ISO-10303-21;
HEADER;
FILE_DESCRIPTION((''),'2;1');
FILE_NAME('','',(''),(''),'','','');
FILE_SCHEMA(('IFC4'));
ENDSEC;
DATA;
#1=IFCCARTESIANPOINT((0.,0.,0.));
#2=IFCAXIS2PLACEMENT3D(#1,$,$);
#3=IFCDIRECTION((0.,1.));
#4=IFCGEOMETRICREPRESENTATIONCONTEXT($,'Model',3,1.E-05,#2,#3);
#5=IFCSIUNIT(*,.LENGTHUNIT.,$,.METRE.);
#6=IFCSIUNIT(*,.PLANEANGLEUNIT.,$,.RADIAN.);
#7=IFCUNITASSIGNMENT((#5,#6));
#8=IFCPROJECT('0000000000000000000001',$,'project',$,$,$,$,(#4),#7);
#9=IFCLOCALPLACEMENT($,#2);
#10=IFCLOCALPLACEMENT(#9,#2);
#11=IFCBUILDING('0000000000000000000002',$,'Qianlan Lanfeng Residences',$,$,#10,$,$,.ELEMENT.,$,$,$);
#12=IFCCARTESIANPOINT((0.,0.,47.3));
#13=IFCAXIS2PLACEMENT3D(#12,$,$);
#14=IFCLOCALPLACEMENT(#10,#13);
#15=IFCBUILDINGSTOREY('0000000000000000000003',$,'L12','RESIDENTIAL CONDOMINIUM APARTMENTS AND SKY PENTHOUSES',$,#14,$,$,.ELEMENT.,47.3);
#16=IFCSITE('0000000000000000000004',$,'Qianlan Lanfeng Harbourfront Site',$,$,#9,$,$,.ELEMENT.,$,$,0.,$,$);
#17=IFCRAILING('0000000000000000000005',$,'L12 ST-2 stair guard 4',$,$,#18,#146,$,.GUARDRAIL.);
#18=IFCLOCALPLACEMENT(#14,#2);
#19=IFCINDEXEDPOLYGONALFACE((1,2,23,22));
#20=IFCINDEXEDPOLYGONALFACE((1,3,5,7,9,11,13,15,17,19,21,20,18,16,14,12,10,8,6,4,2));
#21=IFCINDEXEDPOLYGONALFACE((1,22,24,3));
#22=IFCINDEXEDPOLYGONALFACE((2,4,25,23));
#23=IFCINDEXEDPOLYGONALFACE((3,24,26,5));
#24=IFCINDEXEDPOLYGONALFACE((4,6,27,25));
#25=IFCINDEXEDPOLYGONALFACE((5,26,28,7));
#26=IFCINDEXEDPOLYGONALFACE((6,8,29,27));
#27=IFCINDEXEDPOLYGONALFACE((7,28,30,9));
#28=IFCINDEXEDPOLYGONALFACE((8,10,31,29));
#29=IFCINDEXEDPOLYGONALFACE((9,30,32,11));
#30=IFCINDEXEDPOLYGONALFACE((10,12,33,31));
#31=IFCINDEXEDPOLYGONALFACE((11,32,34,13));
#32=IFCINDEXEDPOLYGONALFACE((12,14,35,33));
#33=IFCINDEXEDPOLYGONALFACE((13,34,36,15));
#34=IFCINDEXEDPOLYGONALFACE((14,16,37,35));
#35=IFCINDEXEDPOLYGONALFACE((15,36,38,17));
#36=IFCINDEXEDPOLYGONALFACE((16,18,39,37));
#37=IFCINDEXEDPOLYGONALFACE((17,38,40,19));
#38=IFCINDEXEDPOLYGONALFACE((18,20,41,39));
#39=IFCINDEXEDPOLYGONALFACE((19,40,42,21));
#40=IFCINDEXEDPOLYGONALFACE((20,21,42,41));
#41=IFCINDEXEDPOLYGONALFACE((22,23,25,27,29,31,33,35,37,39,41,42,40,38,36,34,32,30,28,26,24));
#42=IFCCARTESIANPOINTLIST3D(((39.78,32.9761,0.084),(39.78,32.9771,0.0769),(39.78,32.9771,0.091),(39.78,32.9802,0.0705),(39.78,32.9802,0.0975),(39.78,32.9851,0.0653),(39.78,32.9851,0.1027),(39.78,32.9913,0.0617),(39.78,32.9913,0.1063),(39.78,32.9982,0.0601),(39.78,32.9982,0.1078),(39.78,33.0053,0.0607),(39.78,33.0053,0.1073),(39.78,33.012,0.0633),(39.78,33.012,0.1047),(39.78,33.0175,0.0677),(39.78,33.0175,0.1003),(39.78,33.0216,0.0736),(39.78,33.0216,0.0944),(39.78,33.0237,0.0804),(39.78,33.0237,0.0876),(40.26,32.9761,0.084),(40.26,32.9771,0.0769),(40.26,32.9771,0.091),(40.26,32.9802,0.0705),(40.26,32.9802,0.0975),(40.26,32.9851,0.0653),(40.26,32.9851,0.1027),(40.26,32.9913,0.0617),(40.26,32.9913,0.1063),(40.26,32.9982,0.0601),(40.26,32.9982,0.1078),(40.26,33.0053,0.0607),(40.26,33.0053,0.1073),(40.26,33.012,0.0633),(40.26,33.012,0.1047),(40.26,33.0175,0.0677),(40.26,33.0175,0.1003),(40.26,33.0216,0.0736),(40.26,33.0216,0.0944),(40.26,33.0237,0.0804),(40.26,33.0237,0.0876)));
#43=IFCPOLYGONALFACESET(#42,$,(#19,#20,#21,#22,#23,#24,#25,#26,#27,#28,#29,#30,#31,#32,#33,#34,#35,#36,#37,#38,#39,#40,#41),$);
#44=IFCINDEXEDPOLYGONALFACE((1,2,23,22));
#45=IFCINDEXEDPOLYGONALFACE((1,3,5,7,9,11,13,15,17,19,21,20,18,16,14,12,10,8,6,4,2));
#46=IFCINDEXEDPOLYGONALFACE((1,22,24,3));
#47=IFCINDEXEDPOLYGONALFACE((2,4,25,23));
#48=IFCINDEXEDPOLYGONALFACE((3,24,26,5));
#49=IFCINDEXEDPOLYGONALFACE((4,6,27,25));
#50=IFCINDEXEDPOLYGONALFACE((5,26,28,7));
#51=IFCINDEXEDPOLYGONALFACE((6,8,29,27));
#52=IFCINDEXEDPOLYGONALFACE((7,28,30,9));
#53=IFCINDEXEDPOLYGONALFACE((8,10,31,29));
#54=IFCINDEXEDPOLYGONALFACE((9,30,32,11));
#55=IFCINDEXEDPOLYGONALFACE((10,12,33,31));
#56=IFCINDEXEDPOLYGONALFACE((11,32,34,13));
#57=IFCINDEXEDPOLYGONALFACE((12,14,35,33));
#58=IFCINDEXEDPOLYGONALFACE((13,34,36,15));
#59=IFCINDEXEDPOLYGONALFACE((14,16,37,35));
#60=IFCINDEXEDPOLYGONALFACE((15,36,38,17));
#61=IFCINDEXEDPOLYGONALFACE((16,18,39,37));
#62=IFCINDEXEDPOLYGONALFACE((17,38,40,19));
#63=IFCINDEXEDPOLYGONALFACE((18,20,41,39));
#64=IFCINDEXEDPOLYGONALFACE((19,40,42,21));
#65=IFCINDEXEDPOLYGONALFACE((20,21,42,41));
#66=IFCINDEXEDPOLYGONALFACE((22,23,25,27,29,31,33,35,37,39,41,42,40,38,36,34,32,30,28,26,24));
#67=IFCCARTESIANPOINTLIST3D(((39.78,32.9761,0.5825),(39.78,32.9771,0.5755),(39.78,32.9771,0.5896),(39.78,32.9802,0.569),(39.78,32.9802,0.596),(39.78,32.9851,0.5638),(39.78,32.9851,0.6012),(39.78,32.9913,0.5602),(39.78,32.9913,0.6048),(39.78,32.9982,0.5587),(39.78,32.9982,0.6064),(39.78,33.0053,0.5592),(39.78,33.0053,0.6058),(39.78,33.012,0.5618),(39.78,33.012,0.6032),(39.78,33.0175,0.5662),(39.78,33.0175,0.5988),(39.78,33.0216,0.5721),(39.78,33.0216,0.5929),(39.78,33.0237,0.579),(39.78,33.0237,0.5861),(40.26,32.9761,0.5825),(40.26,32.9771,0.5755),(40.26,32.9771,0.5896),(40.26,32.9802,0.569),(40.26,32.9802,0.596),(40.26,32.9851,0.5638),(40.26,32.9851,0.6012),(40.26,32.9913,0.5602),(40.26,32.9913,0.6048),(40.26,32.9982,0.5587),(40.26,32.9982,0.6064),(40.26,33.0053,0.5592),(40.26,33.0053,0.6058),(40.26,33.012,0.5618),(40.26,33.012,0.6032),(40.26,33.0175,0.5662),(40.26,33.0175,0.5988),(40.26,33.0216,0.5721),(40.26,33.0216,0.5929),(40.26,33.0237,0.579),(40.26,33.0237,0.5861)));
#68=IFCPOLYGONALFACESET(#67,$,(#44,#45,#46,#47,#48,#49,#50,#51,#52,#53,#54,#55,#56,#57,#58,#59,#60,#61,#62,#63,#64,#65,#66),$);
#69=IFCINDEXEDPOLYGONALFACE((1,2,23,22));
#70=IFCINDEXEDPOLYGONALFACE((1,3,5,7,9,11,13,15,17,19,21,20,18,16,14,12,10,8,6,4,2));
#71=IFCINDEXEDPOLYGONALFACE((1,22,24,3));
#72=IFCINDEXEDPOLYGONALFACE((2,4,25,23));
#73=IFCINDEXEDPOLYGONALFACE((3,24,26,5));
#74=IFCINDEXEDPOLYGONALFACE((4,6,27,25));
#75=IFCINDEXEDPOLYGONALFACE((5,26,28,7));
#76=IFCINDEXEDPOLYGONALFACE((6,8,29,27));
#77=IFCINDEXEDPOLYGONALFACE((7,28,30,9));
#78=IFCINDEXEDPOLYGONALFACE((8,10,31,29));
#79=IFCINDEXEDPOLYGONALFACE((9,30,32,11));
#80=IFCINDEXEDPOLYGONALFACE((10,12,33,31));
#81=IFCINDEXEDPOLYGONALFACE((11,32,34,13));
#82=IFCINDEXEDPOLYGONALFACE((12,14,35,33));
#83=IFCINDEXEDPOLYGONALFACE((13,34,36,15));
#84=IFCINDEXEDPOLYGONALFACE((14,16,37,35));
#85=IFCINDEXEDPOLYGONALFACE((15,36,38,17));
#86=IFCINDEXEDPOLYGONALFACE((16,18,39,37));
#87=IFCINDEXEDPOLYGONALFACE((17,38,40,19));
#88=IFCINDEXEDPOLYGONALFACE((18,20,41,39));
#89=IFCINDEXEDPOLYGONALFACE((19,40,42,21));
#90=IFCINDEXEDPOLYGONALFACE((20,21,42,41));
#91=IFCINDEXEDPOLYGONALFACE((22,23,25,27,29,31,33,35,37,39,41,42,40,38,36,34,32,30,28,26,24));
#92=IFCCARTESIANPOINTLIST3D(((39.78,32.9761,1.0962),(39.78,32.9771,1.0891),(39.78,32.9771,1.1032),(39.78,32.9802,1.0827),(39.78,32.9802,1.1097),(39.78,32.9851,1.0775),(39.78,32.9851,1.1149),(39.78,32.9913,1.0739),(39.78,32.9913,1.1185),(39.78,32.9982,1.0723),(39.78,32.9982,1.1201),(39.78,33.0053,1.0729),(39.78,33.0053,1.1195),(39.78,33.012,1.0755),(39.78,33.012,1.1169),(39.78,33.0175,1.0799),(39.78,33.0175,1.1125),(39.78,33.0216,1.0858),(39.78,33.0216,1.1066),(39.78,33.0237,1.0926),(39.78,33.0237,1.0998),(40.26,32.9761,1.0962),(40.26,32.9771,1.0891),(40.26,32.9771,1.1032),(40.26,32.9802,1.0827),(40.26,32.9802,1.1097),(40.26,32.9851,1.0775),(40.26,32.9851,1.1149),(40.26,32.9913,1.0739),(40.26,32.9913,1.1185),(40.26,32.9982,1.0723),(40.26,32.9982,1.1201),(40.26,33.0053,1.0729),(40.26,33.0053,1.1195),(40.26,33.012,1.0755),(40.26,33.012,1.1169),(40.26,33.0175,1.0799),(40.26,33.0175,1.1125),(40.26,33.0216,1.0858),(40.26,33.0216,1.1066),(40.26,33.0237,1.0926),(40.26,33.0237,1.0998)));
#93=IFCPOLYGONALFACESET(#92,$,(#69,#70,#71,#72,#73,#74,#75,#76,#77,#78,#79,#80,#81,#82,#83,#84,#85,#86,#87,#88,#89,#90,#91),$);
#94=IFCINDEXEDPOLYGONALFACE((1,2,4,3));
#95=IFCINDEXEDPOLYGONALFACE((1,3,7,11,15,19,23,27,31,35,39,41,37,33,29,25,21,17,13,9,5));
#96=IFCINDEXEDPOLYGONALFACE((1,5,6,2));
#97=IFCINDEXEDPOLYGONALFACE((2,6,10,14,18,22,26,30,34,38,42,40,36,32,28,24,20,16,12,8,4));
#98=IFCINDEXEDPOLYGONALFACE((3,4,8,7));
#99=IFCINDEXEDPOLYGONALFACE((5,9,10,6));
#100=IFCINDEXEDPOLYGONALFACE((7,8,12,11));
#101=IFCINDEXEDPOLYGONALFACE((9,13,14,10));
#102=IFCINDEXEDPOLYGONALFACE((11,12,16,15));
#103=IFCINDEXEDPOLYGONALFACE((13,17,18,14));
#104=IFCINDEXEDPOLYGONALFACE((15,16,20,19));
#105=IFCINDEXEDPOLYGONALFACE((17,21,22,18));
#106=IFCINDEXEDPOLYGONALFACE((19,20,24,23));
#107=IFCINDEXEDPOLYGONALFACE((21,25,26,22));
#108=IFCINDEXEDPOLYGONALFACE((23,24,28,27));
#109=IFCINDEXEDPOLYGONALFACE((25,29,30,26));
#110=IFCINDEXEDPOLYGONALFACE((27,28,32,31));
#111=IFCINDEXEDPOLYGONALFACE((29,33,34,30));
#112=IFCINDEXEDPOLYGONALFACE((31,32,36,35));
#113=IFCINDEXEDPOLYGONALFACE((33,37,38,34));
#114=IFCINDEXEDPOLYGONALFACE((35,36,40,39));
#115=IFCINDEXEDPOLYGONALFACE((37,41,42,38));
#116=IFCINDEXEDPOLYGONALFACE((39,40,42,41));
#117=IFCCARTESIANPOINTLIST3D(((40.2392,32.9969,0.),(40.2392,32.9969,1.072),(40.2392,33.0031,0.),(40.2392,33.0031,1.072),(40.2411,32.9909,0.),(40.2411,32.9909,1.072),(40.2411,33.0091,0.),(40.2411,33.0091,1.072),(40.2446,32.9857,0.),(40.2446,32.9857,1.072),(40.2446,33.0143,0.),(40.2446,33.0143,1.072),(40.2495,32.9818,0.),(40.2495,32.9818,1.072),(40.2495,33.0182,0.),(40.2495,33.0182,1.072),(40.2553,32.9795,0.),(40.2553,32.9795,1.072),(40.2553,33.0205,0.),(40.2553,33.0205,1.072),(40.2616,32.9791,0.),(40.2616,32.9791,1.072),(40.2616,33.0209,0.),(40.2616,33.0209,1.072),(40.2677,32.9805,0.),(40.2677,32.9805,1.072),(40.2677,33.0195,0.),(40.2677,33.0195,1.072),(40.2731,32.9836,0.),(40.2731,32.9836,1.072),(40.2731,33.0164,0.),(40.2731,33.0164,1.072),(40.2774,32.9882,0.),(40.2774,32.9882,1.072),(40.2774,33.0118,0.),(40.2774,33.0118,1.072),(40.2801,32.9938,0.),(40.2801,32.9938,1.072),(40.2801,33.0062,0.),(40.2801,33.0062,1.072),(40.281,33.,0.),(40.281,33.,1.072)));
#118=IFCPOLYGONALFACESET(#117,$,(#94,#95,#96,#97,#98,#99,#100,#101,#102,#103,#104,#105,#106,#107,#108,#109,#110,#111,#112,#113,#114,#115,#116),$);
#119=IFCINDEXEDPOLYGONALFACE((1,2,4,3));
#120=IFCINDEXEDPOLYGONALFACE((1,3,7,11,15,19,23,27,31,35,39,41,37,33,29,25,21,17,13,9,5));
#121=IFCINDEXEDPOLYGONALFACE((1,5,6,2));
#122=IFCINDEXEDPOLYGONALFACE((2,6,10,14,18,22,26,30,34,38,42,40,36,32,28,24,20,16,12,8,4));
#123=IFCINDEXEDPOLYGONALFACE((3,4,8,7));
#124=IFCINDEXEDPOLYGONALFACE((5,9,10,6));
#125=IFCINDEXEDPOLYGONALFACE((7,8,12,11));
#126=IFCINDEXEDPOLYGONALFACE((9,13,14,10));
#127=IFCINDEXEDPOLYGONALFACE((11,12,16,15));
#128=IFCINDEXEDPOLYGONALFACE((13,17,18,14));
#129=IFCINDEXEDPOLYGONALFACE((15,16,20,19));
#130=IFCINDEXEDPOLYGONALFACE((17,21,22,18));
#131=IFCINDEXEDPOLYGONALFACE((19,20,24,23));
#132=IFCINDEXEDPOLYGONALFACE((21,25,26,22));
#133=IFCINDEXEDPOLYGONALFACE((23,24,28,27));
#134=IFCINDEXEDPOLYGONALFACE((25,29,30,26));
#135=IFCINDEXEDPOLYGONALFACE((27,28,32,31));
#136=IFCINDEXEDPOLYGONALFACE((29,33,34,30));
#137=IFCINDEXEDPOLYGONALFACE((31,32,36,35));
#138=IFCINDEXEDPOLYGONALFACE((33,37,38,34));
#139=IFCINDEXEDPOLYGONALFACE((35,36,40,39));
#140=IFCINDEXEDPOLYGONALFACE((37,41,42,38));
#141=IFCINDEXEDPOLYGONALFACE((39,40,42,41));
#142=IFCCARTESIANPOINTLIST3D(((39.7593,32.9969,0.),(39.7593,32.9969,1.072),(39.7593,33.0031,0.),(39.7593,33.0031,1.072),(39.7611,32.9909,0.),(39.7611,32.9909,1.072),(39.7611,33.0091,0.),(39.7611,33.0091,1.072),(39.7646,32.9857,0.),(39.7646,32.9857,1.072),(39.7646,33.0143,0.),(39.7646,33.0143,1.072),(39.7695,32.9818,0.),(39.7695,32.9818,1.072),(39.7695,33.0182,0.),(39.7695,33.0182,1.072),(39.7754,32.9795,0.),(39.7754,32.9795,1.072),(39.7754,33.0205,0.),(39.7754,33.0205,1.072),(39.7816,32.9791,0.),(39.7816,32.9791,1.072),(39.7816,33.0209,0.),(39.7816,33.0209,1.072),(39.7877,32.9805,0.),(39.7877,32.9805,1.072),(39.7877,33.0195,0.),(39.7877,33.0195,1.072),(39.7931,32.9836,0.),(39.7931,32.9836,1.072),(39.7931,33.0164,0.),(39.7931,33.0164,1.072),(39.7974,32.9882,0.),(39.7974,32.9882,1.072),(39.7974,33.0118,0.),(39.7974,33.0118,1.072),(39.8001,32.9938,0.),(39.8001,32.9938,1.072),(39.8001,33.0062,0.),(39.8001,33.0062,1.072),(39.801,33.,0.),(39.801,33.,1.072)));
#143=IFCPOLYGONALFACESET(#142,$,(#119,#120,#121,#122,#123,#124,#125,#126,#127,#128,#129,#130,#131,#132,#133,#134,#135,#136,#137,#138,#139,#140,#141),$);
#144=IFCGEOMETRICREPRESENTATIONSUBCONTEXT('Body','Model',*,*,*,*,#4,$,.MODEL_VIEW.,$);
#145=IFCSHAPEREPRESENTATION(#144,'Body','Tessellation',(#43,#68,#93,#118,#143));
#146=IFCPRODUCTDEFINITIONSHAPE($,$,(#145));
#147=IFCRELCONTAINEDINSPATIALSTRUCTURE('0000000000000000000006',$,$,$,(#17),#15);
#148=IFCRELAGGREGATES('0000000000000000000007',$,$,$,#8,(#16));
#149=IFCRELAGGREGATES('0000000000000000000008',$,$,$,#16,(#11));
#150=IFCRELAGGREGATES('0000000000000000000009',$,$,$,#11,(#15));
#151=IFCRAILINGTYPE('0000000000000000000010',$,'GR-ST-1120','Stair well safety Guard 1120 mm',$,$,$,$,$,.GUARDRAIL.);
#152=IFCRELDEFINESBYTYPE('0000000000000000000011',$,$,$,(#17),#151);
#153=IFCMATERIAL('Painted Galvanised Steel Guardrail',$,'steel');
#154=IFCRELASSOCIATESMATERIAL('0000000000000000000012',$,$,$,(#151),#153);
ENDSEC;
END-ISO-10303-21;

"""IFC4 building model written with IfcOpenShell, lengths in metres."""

from ifc_helpers import new_model, si_unit, direction, frame, origin, origin_2d, place, context, subcontext, project, spatial, circle, extrude, material, type_object, element, save


model = new_model("IFC4")

# Units and contexts
model_context = context("Model", 3, precision=1e-05, world=origin(), true_north=direction((0.0, 1.0)))
body_context = subcontext(model_context, "Body", "Model", "MODEL_VIEW")
ifc_project = project(units=[si_unit("LENGTHUNIT", "METRE"), si_unit("PLANEANGLEUNIT", "RADIAN")], contexts=[model_context])

# Site, building, storey
site_placement = place(None, origin())
site = spatial("IfcSite", under=ifc_project, at=site_placement, Name="Qianlan Lanfeng Harbourfront Site", CompositionType="ELEMENT", RefElevation=0.0)
building_placement = place(site_placement, origin())
building = spatial("IfcBuilding", under=site, at=building_placement, Name="Qianlan Lanfeng Residences", CompositionType="ELEMENT")
storey_placement = place(building_placement, frame((0.0, 0.0, 47.3)))
storey = spatial("IfcBuildingStorey", under=building, at=storey_placement, Name="L12", Description="RESIDENTIAL CONDOMINIUM APARTMENTS AND SKY PENTHOUSES", CompositionType="ELEMENT", Elevation=47.3)

# Railing
ifc_material_1 = material(Name="Painted Galvanised Steel Guardrail", Category="steel")
railing_type_1 = type_object("IfcRailingType", Name="GR-ST-1120", Description="Stair well safety Guard 1120 mm", PredefinedType="GUARDRAIL", material=ifc_material_1)
railing_1_placement = place(storey_placement, frame((40.26, 33.0, 0.0)))
element("IfcRailing", 1, at=railing_1_placement, inside=storey, type_object=railing_type_1, Name="L12 ST-2 stair guard 4", PredefinedType="GUARDRAIL", context=body_context, shape_type="SweptSolid", body=[
    extrude(circle(Radius=0.0239, at=origin_2d()), frame((0.0, 0.0, 0.084), z_axis=(-1.0, 0.0, 0.0), x_axis=(0.0, -1.0, 0.0)), (0.0, 0.0, 1.0), 0.48),
    extrude(circle(Radius=0.0239, at=origin_2d()), frame((0.0, 0.0, 0.5825), z_axis=(-1.0, 0.0, 0.0), x_axis=(0.0, -1.0, 0.0)), (0.0, 0.0, 1.0), 0.48),
    extrude(circle(Radius=0.0239, at=origin_2d()), frame((0.0, 0.0, 1.0962), z_axis=(-1.0, 0.0, 0.0), x_axis=(0.0, -1.0, 0.0)), (0.0, 0.0, 1.0), 0.48),
    extrude(circle(Radius=0.021, at=origin_2d()), origin(), (0.0, 0.0, 1.0), 1.072),
    extrude(circle(Radius=0.021, at=origin_2d()), frame((-0.48, 0.0, 0.0)), (0.0, 0.0, 1.0), 1.072),
])

save(model, "model.ifc")
